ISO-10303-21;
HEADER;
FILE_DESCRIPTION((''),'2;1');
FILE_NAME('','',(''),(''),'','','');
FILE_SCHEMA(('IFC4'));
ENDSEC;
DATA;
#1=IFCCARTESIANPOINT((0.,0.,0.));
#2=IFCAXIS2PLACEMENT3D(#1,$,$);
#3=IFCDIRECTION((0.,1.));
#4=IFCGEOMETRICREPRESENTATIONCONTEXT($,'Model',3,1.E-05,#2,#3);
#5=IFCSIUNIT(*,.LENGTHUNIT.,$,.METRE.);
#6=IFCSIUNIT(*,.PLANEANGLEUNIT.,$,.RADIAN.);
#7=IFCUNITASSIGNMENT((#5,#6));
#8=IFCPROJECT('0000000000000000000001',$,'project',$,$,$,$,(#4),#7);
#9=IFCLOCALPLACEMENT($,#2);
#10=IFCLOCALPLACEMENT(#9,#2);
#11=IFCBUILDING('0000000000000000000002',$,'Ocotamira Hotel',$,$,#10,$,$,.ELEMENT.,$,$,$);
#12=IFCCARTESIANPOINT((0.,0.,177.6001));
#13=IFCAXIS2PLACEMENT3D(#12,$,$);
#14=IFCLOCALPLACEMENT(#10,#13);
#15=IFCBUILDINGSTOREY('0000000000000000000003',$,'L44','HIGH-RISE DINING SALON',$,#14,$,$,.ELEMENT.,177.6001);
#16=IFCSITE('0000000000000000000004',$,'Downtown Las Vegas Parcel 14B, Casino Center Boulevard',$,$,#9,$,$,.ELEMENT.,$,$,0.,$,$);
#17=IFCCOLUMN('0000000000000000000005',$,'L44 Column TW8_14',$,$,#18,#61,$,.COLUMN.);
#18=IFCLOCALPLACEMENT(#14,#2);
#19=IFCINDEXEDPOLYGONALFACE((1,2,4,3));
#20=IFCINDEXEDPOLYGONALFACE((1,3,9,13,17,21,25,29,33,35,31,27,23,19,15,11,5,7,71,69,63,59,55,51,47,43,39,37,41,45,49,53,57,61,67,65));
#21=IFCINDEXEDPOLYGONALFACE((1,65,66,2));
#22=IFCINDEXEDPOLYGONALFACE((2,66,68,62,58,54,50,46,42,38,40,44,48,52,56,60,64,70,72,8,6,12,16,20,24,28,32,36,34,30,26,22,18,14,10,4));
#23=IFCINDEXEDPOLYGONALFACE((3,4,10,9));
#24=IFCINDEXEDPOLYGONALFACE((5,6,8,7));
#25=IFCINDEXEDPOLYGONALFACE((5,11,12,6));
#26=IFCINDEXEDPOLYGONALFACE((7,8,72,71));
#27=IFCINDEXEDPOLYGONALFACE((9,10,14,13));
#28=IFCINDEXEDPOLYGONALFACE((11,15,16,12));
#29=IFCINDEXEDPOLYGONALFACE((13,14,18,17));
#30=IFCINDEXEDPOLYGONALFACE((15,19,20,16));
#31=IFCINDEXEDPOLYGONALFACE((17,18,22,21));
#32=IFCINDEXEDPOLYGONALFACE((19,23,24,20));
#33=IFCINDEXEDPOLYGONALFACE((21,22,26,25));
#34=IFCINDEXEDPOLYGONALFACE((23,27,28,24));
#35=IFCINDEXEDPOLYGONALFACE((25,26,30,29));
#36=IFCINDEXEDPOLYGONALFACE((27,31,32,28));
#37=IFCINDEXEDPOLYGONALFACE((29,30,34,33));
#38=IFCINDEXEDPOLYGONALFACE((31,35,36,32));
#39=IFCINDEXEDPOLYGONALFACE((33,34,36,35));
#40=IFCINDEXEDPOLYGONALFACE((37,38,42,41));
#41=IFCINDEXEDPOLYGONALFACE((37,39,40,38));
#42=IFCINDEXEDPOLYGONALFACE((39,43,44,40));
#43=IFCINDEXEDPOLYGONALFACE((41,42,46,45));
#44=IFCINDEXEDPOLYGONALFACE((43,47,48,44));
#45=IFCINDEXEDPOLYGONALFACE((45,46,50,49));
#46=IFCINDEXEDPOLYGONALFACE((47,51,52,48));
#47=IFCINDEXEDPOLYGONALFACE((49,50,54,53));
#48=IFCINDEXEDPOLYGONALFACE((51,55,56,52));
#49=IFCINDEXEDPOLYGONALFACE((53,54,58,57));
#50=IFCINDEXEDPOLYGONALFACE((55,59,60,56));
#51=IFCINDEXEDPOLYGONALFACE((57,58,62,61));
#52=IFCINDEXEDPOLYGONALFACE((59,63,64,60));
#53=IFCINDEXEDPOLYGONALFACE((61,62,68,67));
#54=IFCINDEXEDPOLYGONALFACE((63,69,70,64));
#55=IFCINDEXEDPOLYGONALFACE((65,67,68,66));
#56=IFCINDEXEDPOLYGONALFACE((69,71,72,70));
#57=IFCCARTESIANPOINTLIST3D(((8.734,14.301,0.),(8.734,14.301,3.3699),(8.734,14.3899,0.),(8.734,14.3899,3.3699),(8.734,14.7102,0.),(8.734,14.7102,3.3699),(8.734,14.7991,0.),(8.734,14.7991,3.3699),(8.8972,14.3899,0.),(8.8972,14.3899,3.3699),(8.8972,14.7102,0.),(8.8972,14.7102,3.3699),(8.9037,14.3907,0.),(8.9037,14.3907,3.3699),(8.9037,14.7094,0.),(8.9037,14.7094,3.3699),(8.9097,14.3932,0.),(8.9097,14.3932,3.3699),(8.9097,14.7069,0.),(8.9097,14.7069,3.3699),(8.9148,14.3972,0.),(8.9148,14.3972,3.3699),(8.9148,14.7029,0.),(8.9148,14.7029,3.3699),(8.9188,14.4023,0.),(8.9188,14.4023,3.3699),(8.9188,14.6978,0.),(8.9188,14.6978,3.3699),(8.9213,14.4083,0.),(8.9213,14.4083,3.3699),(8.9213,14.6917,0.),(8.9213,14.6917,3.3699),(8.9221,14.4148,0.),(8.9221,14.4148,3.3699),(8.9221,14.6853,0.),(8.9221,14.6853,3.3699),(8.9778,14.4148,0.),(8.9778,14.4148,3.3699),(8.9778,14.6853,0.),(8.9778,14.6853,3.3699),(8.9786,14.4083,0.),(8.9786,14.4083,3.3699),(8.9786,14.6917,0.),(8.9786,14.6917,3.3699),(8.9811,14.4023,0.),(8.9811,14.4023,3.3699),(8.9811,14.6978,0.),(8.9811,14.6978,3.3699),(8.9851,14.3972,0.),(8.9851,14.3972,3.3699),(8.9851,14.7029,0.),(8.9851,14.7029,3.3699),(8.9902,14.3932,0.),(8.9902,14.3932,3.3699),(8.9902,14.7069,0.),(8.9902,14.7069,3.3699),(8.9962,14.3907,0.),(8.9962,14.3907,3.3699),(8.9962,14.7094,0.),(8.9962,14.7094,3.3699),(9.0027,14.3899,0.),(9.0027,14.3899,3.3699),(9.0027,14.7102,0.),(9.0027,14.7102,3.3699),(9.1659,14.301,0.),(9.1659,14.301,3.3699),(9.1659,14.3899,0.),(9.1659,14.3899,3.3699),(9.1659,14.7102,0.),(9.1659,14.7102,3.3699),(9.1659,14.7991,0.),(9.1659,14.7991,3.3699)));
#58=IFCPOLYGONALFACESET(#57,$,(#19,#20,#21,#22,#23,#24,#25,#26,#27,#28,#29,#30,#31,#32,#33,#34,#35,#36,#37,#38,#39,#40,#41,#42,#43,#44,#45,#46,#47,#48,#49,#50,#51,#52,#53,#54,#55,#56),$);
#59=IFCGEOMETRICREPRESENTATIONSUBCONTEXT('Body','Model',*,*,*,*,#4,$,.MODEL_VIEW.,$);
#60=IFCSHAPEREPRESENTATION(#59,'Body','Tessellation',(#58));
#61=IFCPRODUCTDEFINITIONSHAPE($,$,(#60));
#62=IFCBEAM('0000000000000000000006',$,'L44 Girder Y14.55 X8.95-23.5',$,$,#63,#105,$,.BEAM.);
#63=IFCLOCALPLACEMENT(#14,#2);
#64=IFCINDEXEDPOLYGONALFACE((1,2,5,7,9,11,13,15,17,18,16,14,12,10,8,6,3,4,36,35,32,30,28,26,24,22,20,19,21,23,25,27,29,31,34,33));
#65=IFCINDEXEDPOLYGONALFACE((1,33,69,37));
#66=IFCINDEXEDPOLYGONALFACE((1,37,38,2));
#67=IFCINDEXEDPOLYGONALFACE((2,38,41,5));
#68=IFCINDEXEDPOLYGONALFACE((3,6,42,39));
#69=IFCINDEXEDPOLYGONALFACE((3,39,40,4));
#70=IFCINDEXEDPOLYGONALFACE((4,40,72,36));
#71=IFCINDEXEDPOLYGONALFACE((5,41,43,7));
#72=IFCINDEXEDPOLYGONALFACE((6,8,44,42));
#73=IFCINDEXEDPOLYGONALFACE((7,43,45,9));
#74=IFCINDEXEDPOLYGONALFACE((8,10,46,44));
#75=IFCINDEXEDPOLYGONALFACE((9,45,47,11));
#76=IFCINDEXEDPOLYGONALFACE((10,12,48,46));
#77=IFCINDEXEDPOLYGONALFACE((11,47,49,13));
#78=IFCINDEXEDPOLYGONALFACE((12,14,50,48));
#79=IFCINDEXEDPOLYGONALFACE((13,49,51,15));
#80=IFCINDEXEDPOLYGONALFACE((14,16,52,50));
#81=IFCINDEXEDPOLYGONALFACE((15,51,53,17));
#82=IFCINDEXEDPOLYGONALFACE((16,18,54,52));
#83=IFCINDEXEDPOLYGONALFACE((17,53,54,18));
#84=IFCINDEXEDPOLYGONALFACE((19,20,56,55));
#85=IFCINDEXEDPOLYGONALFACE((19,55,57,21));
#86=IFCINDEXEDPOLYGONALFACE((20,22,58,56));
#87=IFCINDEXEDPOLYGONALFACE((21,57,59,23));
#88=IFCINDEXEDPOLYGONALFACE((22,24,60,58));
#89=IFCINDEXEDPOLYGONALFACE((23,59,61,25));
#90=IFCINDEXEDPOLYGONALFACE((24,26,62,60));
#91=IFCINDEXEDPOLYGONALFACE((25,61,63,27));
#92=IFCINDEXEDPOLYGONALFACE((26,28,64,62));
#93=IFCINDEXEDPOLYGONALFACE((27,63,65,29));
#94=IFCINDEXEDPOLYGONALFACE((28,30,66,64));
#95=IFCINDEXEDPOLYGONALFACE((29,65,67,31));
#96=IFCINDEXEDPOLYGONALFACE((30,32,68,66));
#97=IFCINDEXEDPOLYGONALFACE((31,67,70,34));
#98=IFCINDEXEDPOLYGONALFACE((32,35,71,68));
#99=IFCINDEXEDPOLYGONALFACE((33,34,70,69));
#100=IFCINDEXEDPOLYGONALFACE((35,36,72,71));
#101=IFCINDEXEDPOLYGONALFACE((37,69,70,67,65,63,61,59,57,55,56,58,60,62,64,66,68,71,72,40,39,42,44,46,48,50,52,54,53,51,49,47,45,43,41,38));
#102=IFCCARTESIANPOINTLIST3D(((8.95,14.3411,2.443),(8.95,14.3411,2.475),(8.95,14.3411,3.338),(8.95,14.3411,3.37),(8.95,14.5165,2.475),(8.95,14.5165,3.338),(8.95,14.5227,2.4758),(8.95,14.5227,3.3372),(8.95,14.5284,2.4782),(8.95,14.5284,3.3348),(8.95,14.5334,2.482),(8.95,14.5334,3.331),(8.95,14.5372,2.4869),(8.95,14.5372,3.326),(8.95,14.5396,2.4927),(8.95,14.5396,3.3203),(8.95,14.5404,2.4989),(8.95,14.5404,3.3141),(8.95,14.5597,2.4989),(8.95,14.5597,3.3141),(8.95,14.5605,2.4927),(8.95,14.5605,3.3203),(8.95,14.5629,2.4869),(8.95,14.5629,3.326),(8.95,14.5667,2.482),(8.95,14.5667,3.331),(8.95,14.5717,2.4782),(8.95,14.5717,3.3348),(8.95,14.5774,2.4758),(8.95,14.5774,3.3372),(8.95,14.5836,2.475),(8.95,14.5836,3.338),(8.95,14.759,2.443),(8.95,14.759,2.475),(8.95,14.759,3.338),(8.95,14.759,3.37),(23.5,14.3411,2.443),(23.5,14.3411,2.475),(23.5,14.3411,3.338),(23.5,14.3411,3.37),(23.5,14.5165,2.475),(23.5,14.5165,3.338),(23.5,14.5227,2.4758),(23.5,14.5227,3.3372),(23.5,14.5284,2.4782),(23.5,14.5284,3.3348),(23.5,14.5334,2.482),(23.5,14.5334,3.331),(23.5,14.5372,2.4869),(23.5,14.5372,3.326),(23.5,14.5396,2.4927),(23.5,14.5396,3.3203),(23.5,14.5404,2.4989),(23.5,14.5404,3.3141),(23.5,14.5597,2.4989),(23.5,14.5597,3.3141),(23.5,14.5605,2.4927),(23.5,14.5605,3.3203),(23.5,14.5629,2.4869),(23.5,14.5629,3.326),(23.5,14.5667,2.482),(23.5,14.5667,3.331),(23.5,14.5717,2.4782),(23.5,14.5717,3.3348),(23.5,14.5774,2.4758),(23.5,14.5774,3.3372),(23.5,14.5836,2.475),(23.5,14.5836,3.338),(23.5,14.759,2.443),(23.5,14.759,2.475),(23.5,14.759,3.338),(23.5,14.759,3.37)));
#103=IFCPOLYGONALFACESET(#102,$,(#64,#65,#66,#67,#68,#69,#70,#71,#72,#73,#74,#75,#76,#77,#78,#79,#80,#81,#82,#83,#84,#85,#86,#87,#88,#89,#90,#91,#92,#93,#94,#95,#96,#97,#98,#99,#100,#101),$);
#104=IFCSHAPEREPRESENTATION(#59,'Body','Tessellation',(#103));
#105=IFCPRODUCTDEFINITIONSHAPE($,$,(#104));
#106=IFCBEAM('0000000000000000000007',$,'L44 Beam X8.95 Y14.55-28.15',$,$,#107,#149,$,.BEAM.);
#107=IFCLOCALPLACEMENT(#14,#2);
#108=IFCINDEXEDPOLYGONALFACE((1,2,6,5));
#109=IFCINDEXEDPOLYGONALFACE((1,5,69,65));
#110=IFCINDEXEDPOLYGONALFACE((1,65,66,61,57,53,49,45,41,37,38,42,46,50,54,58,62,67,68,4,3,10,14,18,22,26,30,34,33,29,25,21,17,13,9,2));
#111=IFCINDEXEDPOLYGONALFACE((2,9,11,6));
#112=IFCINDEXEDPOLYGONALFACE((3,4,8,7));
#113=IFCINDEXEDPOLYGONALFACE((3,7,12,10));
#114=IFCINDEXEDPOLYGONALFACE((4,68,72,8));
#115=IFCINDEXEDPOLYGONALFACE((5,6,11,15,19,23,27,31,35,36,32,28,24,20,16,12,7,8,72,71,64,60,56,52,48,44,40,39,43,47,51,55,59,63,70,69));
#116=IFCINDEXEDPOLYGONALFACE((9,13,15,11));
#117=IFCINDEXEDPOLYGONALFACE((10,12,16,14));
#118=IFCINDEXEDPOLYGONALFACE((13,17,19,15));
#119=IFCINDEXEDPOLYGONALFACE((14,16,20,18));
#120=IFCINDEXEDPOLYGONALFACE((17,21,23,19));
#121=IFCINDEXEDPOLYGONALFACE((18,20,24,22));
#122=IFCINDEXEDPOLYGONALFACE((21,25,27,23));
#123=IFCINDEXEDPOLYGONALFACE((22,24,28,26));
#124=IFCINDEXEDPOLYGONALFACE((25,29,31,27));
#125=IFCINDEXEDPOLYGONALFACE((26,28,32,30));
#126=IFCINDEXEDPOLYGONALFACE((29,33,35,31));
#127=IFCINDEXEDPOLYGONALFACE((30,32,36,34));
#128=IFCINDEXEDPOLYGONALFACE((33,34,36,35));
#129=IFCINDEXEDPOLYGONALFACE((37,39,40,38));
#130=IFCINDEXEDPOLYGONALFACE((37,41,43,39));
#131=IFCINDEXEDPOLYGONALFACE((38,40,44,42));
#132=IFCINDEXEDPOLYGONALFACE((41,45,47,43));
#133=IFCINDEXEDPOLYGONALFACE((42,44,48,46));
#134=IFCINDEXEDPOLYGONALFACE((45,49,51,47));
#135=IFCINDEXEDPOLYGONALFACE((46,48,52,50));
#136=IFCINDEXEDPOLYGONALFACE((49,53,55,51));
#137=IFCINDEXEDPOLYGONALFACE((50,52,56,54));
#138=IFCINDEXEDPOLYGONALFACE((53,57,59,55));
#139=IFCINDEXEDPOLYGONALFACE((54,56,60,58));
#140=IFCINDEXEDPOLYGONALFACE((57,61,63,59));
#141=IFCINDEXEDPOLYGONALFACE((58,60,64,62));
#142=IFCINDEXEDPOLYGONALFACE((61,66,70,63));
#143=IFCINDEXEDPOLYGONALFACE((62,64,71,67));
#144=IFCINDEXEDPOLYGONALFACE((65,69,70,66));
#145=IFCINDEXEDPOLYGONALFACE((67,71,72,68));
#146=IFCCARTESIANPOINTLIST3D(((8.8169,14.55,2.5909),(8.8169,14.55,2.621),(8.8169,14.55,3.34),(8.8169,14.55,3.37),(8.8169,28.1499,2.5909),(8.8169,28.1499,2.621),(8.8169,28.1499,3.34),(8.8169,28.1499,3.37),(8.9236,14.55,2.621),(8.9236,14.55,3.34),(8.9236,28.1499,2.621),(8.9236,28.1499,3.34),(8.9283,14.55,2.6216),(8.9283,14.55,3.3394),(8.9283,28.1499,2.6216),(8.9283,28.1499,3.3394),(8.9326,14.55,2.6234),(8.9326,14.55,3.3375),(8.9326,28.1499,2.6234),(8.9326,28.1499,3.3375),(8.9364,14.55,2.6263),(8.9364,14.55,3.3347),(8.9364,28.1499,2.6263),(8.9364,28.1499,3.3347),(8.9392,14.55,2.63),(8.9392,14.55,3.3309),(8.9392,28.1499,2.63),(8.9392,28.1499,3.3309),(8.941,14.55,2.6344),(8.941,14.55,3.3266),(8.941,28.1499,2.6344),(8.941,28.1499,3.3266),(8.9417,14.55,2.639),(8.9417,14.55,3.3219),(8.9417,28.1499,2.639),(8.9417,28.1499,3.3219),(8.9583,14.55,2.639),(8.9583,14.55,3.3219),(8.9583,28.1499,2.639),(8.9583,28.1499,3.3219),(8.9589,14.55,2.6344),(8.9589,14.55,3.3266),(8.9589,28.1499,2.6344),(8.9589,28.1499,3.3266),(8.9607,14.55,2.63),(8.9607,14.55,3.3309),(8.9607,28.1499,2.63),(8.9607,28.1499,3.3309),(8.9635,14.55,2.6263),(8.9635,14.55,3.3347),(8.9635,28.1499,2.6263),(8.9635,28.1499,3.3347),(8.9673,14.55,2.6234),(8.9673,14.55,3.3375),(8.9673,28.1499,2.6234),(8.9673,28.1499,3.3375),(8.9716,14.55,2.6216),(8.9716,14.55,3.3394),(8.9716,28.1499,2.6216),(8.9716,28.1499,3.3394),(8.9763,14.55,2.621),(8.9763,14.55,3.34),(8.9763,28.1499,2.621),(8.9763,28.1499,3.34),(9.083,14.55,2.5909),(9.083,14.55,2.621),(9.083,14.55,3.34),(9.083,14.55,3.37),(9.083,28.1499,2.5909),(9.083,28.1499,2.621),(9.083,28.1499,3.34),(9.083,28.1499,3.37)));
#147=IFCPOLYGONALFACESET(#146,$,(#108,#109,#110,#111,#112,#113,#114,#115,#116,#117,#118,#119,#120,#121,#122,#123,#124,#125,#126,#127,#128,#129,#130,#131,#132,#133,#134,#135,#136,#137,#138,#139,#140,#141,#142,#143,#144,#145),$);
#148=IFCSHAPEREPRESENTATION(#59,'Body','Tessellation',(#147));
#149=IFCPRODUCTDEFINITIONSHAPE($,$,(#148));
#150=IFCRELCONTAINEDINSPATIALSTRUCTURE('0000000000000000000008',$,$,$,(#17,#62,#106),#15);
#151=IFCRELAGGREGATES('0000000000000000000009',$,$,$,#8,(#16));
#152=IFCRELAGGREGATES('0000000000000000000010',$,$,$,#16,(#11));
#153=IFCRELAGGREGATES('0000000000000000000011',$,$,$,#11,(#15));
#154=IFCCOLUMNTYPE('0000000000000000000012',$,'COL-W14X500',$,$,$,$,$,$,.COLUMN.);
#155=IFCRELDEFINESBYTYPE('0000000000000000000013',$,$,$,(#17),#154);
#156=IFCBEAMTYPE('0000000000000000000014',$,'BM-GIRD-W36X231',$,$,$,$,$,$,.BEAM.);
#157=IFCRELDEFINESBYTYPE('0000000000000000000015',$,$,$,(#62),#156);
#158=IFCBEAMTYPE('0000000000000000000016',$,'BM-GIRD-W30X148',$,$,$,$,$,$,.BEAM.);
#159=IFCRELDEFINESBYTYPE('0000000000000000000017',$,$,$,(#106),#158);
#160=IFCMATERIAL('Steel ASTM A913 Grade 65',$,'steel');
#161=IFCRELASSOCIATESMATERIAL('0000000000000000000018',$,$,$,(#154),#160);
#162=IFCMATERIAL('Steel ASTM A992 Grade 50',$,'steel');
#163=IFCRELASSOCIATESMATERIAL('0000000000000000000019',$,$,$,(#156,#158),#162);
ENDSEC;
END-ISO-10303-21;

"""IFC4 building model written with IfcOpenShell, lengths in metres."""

from ifc_helpers import new_model, si_unit, direction, frame, origin, origin_2d, place, context, subcontext, project, spatial, i_section, extrude, source, transform, mapped, material, material_profile, profile_set, type_object, element, save


model = new_model("IFC4")

# Units and contexts
model_context = context("Model", 3, precision=1e-05, world=origin(), true_north=direction((0.0, 1.0)))
body_context = subcontext(model_context, "Body", "Model", "MODEL_VIEW")
ifc_project = project(units=[si_unit("LENGTHUNIT", "METRE"), si_unit("PLANEANGLEUNIT", "RADIAN")], contexts=[model_context])

# Site, building, storey
site_placement = place(None, origin())
site = spatial("IfcSite", under=ifc_project, at=site_placement, Name="Downtown Las Vegas Parcel 14B, Casino Center Boulevard", CompositionType="ELEMENT", RefElevation=0.0)
building_placement = place(site_placement, origin())
building = spatial("IfcBuilding", under=site, at=building_placement, Name="Ocotamira Hotel", CompositionType="ELEMENT")
storey_placement = place(building_placement, frame((0.0, 0.0, 177.6001)))
storey = spatial("IfcBuildingStorey", under=building, at=storey_placement, Name="L44", Description="HIGH-RISE DINING SALON", CompositionType="ELEMENT", Elevation=177.6001)

# Column
ifc_material_1 = material(Name="Steel ASTM A913 Grade 65", Category="steel")
ifc_material_profile_1 = material_profile(ifc_material_1, i_section(OverallWidth=0.4319, OverallDepth=0.498, WebThickness=0.0557, FlangeThickness=0.0889, FilletRadius=0.0249, at=origin_2d()), Name="W14X500")
ifc_profile_set_1 = profile_set([ifc_material_profile_1], Name="Steel ASTM A913 Grade 65")
column_type = type_object("IfcColumnType", Name="COL-W14X500", PredefinedType="COLUMN", material=ifc_profile_set_1)
shared_shape_1 = source(origin(), body_context, "Body", "SweptSolid", [
    extrude(i_section(OverallWidth=0.4319, OverallDepth=0.498, WebThickness=0.0557, FlangeThickness=0.0889, FilletRadius=0.0249, at=origin_2d()), origin(), (0.0, 0.0, 1.0), 3.3699),
])
column_placement = place(storey_placement, frame((8.95, 14.55, 0.0), z_axis=(0.0, 0.0, 1.0), x_axis=(1.0, 0.0, 0.0)))
element("IfcColumn", 1, at=column_placement, inside=storey, type_object=column_type, Name="L44 Column TW8_14", PredefinedType="COLUMN", context=body_context, shape_type="MappedRepresentation", body=[
    mapped(shared_shape_1, transform((0.0, 0.0, 0.0), scale=1.0)),
])

# Beams
ifc_material_2 = material(Name="Steel ASTM A992 Grade 50", Category="steel")
ifc_material_profile_2 = material_profile(ifc_material_2, i_section(OverallWidth=0.418, OverallDepth=0.927, WebThickness=0.0193, FlangeThickness=0.032, FilletRadius=0.0239, at=origin_2d()), Name="W36X231")
ifc_profile_set_2 = profile_set([ifc_material_profile_2], Name="Steel ASTM A992 Grade 50")
beam_type_1 = type_object("IfcBeamType", Name="BM-GIRD-W36X231", PredefinedType="BEAM", material=ifc_profile_set_2)
shared_shape_2 = source(origin(), body_context, "Body", "SweptSolid", [
    extrude(i_section(OverallWidth=0.418, OverallDepth=0.927, WebThickness=0.0193, FlangeThickness=0.032, FilletRadius=0.0239, at=origin_2d()), origin(), (0.0, 0.0, 1.0), 14.55),
])
beam_1_placement = place(storey_placement, frame((8.95, 14.55, 2.9065), z_axis=(1.0, 0.0, 0.0), x_axis=(0.0, 1.0, 0.0)))
element("IfcBeam", 2, at=beam_1_placement, inside=storey, type_object=beam_type_1, Name="L44 Girder Y14.55 X8.95-23.5", PredefinedType="BEAM", context=body_context, shape_type="MappedRepresentation", body=[
    mapped(shared_shape_2, transform((0.0, 0.0, 0.0), scale=1.0)),
])
ifc_material_profile_3 = material_profile(ifc_material_2, i_section(OverallWidth=0.2661, OverallDepth=0.7791, WebThickness=0.0166, FlangeThickness=0.03, FilletRadius=0.0181, at=origin_2d()), Name="W30X148")
ifc_profile_set_3 = profile_set([ifc_material_profile_3], Name="Steel ASTM A992 Grade 50")
beam_type_2 = type_object("IfcBeamType", Name="BM-GIRD-W30X148", PredefinedType="BEAM", material=ifc_profile_set_3)
shared_shape_3 = source(origin(), body_context, "Body", "SweptSolid", [
    extrude(i_section(OverallWidth=0.2661, OverallDepth=0.7791, WebThickness=0.0166, FlangeThickness=0.03, FilletRadius=0.0181, at=origin_2d()), origin(), (0.0, 0.0, 1.0), 13.5999),
])
beam_2_placement = place(storey_placement, frame((8.95, 14.55, 2.9805), z_axis=(0.0, 1.0, 0.0), x_axis=(-1.0, 0.0, 0.0)))
element("IfcBeam", 3, at=beam_2_placement, inside=storey, type_object=beam_type_2, Name="L44 Beam X8.95 Y14.55-28.15", PredefinedType="BEAM", context=body_context, shape_type="MappedRepresentation", body=[
    mapped(shared_shape_3, transform((0.0, 0.0, 0.0), scale=1.0)),
])

save(model, "model.ifc")
